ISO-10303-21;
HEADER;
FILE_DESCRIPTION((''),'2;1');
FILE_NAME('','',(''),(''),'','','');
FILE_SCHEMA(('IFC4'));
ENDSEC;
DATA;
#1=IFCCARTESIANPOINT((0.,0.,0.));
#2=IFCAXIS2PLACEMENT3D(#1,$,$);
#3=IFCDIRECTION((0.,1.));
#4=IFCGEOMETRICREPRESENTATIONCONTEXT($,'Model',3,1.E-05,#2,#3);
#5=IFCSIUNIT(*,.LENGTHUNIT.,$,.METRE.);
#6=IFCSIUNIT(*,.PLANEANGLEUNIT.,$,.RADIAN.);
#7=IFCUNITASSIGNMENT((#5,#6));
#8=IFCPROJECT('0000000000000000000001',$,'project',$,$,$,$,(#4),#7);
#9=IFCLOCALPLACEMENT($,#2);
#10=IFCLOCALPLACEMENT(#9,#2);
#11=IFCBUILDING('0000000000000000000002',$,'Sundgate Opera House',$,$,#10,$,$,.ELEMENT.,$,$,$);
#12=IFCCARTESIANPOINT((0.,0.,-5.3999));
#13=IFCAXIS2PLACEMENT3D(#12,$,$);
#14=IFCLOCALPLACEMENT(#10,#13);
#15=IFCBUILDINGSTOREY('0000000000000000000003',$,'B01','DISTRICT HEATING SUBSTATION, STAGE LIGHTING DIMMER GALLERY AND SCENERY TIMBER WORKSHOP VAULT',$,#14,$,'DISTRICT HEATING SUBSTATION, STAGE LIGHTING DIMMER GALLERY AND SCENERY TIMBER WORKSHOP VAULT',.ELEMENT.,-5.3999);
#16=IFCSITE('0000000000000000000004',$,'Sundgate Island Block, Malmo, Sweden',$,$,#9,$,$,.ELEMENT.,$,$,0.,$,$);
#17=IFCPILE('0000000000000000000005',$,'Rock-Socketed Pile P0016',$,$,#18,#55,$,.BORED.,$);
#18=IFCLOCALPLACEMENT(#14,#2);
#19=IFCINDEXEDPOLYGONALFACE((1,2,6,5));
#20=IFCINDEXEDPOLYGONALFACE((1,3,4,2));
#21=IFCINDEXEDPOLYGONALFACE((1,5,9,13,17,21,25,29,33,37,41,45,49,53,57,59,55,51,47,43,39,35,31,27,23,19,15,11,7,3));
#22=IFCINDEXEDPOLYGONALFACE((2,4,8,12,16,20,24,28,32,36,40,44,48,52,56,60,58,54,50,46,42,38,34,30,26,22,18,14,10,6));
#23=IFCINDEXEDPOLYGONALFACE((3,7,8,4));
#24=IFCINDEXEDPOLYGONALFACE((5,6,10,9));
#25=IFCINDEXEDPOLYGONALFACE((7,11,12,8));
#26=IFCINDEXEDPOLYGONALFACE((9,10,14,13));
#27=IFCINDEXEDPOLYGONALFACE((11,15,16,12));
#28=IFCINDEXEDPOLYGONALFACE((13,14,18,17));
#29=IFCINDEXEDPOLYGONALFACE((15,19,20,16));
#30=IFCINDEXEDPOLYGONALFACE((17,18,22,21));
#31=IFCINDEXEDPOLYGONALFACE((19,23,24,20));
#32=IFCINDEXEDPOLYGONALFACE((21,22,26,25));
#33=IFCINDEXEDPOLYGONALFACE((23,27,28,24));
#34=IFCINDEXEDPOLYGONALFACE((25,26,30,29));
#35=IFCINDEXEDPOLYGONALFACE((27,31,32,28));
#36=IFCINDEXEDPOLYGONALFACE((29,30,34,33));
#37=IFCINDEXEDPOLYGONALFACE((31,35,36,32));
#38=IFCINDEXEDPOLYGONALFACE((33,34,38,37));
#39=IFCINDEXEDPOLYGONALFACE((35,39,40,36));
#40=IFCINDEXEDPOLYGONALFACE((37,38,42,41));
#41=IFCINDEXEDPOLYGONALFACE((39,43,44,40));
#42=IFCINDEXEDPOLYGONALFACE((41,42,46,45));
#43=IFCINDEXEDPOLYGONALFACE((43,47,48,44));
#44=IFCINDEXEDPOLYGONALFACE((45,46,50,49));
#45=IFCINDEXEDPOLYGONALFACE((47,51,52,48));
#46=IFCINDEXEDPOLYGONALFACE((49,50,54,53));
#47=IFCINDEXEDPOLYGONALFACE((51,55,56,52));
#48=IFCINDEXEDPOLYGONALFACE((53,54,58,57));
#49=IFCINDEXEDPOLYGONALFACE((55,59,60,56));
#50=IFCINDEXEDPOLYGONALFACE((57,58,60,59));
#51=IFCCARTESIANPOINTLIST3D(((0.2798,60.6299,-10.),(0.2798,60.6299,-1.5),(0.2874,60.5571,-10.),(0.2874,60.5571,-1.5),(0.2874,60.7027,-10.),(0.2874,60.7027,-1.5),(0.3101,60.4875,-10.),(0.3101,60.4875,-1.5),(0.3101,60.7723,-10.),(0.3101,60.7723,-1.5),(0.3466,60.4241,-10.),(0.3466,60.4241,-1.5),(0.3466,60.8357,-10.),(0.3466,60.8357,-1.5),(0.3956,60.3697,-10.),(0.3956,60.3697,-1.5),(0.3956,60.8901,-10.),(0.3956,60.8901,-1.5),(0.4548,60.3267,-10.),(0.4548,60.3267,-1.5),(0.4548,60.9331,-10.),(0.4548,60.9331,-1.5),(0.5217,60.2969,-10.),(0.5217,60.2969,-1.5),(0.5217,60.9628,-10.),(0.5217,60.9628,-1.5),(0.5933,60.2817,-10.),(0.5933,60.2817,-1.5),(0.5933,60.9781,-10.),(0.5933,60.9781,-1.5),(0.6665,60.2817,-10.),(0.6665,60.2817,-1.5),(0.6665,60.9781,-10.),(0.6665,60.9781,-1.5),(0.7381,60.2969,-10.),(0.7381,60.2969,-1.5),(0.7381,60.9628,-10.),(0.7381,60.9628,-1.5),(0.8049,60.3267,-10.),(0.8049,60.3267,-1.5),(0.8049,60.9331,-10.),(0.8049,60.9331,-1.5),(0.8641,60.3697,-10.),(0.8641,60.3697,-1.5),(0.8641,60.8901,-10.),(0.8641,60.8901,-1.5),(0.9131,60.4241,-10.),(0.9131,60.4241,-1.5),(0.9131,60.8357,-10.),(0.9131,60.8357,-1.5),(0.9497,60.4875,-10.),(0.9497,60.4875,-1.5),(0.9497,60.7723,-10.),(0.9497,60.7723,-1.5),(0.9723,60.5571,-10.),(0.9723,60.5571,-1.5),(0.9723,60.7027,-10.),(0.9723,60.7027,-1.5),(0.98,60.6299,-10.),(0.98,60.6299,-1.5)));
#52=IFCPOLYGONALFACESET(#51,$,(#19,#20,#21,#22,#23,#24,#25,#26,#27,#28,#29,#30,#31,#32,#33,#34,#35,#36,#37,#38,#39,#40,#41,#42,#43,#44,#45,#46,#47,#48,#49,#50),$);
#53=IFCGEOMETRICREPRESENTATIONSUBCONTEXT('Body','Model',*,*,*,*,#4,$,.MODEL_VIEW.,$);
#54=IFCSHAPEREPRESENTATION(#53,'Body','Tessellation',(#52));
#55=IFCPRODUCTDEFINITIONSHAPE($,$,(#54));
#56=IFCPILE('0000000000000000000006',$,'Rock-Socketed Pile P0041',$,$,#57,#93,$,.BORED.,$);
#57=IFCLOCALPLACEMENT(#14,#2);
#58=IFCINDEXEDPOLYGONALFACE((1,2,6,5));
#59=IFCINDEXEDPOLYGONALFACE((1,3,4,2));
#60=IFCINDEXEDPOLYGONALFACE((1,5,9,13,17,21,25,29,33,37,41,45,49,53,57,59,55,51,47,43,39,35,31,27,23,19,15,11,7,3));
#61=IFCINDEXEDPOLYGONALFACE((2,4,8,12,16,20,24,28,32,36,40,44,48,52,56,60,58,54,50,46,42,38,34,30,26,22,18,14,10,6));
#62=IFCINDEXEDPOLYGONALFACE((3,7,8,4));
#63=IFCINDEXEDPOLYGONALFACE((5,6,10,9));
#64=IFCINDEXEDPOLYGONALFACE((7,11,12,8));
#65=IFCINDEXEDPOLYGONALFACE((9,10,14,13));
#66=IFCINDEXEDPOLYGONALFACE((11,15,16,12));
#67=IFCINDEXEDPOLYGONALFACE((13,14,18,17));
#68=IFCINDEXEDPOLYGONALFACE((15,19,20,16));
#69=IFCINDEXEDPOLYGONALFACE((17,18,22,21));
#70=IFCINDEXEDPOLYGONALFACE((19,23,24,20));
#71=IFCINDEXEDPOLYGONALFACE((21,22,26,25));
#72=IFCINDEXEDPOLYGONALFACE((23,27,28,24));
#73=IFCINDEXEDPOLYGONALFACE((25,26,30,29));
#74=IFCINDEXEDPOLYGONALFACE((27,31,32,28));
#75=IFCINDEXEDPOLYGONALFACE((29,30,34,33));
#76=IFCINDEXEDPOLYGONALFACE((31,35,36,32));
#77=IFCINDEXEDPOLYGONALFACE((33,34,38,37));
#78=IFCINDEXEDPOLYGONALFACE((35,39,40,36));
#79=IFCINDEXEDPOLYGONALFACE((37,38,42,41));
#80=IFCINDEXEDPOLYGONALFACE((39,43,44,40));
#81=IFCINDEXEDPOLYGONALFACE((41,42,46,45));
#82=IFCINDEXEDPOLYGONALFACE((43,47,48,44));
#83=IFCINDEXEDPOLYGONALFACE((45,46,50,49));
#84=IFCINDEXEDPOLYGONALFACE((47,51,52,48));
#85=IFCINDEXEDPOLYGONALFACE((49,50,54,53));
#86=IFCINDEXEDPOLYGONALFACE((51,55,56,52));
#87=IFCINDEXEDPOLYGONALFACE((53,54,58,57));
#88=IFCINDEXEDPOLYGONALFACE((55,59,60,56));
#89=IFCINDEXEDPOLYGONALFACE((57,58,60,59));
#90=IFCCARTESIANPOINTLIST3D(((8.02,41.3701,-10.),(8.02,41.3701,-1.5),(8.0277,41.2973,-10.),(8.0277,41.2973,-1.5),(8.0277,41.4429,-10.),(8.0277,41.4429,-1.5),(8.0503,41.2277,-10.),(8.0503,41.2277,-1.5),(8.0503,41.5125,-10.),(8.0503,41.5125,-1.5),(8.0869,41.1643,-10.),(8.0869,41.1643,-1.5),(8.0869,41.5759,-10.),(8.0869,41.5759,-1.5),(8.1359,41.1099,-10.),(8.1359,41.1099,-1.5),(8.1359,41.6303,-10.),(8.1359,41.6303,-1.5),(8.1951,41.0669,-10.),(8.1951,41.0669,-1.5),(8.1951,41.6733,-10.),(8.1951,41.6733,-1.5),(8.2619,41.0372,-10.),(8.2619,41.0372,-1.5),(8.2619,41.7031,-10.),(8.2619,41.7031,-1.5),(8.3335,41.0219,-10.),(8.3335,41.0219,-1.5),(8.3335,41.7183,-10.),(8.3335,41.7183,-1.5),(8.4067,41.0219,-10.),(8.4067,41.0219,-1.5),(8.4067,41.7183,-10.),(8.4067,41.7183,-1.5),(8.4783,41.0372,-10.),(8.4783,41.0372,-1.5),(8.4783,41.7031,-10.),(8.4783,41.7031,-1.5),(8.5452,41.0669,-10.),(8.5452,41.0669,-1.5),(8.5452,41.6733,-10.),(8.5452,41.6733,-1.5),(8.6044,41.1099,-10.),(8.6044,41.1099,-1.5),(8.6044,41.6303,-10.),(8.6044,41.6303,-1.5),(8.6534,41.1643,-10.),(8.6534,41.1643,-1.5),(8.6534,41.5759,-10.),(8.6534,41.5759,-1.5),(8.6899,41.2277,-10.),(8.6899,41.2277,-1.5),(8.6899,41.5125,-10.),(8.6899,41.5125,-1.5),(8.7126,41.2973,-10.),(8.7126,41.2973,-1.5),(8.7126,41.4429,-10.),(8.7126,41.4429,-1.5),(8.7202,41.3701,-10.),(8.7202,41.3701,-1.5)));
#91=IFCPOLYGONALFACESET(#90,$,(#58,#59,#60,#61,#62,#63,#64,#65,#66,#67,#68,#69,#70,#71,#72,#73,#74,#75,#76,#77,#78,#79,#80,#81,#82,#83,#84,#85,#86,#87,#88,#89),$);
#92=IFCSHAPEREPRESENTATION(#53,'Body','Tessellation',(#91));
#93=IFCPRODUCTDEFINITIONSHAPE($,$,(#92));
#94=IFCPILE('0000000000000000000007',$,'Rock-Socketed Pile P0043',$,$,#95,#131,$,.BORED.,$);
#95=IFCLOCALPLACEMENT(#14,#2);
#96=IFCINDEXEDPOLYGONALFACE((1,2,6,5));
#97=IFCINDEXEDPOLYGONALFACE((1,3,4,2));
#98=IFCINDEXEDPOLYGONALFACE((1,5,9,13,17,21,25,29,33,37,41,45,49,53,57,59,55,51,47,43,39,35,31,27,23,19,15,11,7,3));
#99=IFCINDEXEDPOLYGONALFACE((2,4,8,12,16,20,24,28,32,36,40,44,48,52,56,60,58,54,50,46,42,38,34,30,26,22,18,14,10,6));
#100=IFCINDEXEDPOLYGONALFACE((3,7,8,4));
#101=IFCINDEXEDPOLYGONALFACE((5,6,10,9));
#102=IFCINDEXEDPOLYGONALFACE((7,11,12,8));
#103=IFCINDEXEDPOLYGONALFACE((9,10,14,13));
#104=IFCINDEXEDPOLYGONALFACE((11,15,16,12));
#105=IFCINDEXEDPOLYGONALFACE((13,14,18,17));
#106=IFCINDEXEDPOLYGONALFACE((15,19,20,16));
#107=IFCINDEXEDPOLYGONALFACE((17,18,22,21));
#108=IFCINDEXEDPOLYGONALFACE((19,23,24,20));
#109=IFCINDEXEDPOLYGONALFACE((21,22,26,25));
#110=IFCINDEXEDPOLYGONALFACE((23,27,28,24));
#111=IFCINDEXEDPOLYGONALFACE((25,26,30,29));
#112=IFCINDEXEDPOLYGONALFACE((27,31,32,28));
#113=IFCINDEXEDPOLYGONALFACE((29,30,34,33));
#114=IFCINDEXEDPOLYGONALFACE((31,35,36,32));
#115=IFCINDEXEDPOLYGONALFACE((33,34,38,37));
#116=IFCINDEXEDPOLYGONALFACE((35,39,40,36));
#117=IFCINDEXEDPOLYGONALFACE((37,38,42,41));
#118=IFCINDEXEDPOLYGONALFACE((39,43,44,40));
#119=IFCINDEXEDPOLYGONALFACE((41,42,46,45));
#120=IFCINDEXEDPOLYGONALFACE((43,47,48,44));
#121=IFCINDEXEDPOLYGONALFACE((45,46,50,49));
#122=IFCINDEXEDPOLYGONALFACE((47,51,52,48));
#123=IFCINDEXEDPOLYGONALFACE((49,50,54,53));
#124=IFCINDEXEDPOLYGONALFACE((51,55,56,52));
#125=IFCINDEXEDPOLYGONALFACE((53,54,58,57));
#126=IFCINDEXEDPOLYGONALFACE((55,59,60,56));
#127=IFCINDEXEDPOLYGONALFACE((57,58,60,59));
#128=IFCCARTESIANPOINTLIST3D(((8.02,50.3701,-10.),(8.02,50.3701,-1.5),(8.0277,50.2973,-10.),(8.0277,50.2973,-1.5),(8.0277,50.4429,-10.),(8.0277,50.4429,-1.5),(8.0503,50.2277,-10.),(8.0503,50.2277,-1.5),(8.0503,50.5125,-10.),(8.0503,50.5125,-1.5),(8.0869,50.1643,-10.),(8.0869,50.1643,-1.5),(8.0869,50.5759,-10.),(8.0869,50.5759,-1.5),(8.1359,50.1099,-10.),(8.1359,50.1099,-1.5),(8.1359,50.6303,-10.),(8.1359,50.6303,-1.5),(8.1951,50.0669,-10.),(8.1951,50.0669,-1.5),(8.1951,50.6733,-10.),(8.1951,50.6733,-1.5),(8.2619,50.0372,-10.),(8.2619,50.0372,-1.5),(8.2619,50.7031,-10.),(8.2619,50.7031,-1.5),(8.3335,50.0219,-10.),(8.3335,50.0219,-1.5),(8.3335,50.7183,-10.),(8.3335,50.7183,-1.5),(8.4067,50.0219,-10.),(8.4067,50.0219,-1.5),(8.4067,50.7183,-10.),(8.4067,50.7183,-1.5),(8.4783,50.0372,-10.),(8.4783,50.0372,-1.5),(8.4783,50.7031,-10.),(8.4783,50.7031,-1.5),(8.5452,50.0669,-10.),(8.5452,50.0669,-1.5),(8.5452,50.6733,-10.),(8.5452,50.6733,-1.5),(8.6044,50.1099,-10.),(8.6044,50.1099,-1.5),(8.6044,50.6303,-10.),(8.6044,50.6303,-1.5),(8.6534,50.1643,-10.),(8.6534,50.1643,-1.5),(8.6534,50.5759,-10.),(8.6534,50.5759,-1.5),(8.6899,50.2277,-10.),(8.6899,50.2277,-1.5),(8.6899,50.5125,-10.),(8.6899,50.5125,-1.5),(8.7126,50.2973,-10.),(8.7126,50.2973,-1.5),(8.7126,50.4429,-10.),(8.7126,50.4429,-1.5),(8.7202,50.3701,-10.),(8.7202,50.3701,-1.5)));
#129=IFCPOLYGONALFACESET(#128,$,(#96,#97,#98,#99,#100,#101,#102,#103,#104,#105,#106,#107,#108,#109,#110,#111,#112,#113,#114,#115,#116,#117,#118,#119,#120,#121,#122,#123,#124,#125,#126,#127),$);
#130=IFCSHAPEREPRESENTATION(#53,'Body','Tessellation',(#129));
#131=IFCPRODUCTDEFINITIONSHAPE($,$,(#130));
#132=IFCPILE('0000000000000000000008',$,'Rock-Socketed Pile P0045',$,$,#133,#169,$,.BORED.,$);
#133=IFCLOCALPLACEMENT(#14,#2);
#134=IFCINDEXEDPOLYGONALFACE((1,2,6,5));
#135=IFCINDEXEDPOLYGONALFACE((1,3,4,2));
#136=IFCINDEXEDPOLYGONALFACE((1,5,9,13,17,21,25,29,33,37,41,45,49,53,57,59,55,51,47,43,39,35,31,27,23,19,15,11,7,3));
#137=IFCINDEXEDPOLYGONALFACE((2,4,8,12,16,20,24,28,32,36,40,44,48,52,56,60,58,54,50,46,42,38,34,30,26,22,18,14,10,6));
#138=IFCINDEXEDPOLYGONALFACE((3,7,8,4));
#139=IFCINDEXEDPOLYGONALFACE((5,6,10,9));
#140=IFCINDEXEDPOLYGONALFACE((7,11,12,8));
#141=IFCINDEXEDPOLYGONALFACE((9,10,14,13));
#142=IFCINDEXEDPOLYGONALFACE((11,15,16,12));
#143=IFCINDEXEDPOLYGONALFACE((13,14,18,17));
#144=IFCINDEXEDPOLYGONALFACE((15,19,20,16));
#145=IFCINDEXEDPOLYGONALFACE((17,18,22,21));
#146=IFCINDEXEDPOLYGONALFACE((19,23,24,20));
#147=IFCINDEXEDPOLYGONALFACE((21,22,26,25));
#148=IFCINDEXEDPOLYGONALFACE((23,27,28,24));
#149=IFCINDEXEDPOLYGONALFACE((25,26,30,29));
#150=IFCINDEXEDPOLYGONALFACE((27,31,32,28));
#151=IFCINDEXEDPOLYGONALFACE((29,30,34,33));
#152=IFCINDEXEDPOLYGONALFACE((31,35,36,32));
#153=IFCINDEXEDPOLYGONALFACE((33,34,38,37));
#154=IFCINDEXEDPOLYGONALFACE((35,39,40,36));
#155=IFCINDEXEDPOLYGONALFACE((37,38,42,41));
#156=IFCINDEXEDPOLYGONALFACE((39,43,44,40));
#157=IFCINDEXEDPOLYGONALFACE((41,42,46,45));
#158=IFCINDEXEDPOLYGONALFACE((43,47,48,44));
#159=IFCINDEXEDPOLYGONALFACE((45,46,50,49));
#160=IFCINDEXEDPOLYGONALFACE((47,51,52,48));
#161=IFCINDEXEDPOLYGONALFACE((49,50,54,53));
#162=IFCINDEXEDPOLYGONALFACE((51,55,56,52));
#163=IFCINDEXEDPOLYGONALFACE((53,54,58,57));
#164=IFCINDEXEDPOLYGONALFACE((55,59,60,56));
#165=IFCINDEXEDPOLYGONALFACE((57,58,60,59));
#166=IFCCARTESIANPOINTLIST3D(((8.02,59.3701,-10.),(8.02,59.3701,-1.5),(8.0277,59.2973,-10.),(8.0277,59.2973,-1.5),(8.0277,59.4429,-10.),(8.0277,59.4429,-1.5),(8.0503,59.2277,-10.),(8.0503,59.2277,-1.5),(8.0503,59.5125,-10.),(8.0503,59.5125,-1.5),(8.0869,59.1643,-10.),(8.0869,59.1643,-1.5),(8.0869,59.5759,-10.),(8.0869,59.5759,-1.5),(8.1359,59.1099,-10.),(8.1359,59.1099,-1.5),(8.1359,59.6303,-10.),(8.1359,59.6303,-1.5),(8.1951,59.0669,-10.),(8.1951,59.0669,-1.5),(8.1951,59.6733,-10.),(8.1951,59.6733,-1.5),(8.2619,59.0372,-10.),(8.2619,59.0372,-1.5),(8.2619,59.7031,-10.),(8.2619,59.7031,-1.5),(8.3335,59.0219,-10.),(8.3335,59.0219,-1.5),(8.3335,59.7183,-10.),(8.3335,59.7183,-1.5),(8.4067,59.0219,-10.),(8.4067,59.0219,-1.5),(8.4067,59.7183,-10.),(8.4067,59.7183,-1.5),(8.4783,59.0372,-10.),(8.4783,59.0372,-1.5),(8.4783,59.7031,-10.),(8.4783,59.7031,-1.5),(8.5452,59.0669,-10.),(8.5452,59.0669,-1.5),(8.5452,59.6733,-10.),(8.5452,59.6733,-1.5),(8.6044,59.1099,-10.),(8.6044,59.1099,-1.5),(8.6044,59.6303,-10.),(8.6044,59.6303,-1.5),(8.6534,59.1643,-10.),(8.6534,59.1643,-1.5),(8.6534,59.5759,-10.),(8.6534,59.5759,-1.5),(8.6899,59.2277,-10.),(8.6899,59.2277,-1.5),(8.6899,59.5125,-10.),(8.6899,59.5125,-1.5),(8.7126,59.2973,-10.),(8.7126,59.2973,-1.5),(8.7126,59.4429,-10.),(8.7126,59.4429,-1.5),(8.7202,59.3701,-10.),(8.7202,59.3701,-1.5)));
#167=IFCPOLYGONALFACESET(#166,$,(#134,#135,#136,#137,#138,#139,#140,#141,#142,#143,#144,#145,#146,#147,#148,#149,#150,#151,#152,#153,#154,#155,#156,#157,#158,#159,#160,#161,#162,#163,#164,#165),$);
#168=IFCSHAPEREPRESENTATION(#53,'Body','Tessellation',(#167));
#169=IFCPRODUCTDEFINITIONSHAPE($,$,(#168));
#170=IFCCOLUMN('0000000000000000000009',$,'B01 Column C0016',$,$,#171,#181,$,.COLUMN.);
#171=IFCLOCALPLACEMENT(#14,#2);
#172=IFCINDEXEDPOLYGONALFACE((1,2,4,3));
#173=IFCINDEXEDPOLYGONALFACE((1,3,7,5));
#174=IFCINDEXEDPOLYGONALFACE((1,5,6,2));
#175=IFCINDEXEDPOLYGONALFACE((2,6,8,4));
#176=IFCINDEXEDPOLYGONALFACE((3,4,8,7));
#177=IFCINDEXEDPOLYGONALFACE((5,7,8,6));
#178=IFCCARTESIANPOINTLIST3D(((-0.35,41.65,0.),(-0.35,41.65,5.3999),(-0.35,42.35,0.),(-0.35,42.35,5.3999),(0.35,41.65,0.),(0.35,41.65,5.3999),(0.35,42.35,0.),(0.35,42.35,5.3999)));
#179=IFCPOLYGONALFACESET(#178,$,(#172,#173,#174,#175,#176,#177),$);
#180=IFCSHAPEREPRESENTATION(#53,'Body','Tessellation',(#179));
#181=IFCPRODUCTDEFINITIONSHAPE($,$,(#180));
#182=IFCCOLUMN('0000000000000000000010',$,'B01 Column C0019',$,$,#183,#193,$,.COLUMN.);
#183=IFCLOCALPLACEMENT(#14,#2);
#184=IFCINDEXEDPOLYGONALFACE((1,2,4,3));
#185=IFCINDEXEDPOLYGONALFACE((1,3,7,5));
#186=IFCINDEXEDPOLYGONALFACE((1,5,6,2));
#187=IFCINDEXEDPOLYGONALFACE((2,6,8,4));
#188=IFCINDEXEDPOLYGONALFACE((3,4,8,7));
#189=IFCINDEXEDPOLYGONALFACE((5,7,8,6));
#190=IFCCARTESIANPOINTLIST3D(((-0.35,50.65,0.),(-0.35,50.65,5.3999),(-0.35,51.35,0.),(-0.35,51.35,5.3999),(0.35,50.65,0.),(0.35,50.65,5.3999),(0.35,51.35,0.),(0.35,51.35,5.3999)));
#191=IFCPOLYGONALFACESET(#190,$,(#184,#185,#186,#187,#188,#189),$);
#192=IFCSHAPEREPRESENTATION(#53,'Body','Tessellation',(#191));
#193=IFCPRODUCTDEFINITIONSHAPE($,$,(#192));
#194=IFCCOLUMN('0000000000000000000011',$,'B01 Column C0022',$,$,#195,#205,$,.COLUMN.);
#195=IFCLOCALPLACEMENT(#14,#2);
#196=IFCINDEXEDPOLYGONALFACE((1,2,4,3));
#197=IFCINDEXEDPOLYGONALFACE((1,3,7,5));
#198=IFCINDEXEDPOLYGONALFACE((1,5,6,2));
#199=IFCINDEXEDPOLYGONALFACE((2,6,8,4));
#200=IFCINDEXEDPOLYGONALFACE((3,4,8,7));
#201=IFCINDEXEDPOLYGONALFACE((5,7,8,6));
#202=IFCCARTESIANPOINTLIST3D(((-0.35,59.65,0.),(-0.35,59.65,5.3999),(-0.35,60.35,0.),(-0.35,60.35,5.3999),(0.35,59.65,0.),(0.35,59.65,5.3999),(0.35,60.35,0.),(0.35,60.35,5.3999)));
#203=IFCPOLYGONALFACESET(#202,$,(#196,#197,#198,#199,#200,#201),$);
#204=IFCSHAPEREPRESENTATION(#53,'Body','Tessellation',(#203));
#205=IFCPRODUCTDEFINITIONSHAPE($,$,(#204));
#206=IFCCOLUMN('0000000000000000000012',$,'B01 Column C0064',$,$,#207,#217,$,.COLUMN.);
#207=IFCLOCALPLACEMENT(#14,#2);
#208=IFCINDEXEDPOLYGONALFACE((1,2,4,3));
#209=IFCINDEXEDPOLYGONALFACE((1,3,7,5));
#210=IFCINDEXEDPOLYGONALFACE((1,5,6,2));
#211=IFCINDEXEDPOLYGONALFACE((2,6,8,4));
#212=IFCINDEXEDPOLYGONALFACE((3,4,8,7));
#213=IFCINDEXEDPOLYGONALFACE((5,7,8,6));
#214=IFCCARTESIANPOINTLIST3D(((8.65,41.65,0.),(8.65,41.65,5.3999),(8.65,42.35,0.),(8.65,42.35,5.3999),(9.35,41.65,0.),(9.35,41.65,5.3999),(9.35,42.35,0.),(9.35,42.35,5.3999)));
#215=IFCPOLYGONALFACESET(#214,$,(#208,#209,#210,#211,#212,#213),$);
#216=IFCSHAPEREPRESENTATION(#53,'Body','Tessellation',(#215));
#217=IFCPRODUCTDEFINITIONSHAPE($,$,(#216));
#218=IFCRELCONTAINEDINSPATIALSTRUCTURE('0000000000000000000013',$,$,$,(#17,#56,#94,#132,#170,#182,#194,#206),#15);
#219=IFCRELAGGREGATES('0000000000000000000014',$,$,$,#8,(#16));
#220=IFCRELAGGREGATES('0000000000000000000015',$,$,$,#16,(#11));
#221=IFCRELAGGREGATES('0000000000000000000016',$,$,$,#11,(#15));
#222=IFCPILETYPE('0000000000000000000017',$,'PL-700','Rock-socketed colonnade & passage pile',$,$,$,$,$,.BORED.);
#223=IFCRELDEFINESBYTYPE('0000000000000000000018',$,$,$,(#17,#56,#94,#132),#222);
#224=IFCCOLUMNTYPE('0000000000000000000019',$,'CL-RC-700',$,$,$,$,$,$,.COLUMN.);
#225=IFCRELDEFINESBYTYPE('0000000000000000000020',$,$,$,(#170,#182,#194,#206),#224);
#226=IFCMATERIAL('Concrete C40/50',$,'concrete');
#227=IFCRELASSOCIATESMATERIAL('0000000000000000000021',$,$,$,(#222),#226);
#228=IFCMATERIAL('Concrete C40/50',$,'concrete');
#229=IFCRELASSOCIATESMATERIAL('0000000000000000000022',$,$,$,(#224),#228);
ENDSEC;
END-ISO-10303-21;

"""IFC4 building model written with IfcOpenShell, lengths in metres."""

from ifc_helpers import new_model, si_unit, direction, frame, origin, origin_2d, place, context, subcontext, project, spatial, rectangle, circle, extrude, material, material_profile, profile_set, type_object, element, save


model = new_model("IFC4")

# Units and contexts
model_context = context("Model", 3, precision=1e-05, world=origin(), true_north=direction((0.0, 1.0)))
body_context = subcontext(model_context, "Body", "Model", "MODEL_VIEW")
ifc_project = project(units=[si_unit("LENGTHUNIT", "METRE"), si_unit("PLANEANGLEUNIT", "RADIAN")], contexts=[model_context])

# Site, building, storey
site_placement = place(None, origin())
site = spatial("IfcSite", under=ifc_project, at=site_placement, Name="Sundgate Island Block, Malmo, Sweden", CompositionType="ELEMENT", RefElevation=0.0)
building_placement = place(site_placement, origin())
building = spatial("IfcBuilding", under=site, at=building_placement, Name="Sundgate Opera House", CompositionType="ELEMENT")
storey_placement = place(building_placement, frame((0.0, 0.0, -5.3999)))
storey = spatial("IfcBuildingStorey", under=building, at=storey_placement, Name="B01", Description="DISTRICT HEATING SUBSTATION, STAGE LIGHTING DIMMER GALLERY AND SCENERY TIMBER WORKSHOP VAULT", LongName="DISTRICT HEATING SUBSTATION, STAGE LIGHTING DIMMER GALLERY AND SCENERY TIMBER WORKSHOP VAULT", CompositionType="ELEMENT", Elevation=-5.3999)

# Piles
ifc_material_1 = material(Name="Concrete C40/50", Category="concrete")
ifc_material_profile_1 = material_profile(ifc_material_1, circle(Radius=0.3501, at=origin_2d()), Name="PILE D700")
ifc_profile_set_1 = profile_set([ifc_material_profile_1], Name="Concrete C40/50")
pile_type = type_object("IfcPileType", Name="PL-700", Description="Rock-socketed colonnade & passage pile", PredefinedType="BORED", material=ifc_profile_set_1)
for number, where, z_axis, x_axis, name in (
    (1, (0.6299, 60.6299, -1.5), (0.0, 0.0, -1.0), (1.0, 0.0, 0.0), "Rock-Socketed Pile P0016"),
    (2, (8.3701, 41.3701, -1.5), (0.0, 0.0, -1.0), (1.0, 0.0, 0.0), "Rock-Socketed Pile P0041"),
    (3, (8.3701, 50.3701, -1.5), (0.0, 0.0, -1.0), (1.0, 0.0, 0.0), "Rock-Socketed Pile P0043"),
    (4, (8.3701, 59.3701, -1.5), (0.0, 0.0, -1.0), (1.0, 0.0, 0.0), "Rock-Socketed Pile P0045"),
):
    element("IfcPile", number, at=place(storey_placement, frame(where, z_axis=z_axis, x_axis=x_axis)), inside=storey, type_object=pile_type, Name=name, PredefinedType="BORED", context=body_context, shape_type="SweptSolid", body=[
        extrude(circle(Radius=0.3501, at=origin_2d()), origin(), (0.0, 0.0, 1.0), 8.5),
    ])

# Columns
ifc_material_2 = material(Name="Concrete C40/50", Category="concrete")
ifc_material_profile_2 = material_profile(ifc_material_2, rectangle(XDim=0.7, YDim=0.7, at=origin_2d()), Name="RC 700x700")
ifc_profile_set_2 = profile_set([ifc_material_profile_2], Name="Concrete C40/50")
column_type = type_object("IfcColumnType", Name="CL-RC-700", PredefinedType="COLUMN", material=ifc_profile_set_2)
for number, where, z_axis, x_axis, name in (
    (5, (0.0, 42.0, 0.0), (0.0, 0.0, 1.0), (1.0, 0.0, 0.0), "B01 Column C0016"),
    (6, (0.0, 51.0, 0.0), (0.0, 0.0, 1.0), (1.0, 0.0, 0.0), "B01 Column C0019"),
    (7, (0.0, 60.0, 0.0), (0.0, 0.0, 1.0), (1.0, 0.0, 0.0), "B01 Column C0022"),
    (8, (9.0, 42.0, 0.0), (0.0, 0.0, 1.0), (1.0, 0.0, 0.0), "B01 Column C0064"),
):
    element("IfcColumn", number, at=place(storey_placement, frame(where, z_axis=z_axis, x_axis=x_axis)), inside=storey, type_object=column_type, Name=name, PredefinedType="COLUMN", context=body_context, shape_type="SweptSolid", body=[
        extrude(rectangle(XDim=0.7, YDim=0.7, at=origin_2d()), origin(), (0.0, 0.0, 1.0), 5.3999),
    ])

save(model, "model.ifc")
